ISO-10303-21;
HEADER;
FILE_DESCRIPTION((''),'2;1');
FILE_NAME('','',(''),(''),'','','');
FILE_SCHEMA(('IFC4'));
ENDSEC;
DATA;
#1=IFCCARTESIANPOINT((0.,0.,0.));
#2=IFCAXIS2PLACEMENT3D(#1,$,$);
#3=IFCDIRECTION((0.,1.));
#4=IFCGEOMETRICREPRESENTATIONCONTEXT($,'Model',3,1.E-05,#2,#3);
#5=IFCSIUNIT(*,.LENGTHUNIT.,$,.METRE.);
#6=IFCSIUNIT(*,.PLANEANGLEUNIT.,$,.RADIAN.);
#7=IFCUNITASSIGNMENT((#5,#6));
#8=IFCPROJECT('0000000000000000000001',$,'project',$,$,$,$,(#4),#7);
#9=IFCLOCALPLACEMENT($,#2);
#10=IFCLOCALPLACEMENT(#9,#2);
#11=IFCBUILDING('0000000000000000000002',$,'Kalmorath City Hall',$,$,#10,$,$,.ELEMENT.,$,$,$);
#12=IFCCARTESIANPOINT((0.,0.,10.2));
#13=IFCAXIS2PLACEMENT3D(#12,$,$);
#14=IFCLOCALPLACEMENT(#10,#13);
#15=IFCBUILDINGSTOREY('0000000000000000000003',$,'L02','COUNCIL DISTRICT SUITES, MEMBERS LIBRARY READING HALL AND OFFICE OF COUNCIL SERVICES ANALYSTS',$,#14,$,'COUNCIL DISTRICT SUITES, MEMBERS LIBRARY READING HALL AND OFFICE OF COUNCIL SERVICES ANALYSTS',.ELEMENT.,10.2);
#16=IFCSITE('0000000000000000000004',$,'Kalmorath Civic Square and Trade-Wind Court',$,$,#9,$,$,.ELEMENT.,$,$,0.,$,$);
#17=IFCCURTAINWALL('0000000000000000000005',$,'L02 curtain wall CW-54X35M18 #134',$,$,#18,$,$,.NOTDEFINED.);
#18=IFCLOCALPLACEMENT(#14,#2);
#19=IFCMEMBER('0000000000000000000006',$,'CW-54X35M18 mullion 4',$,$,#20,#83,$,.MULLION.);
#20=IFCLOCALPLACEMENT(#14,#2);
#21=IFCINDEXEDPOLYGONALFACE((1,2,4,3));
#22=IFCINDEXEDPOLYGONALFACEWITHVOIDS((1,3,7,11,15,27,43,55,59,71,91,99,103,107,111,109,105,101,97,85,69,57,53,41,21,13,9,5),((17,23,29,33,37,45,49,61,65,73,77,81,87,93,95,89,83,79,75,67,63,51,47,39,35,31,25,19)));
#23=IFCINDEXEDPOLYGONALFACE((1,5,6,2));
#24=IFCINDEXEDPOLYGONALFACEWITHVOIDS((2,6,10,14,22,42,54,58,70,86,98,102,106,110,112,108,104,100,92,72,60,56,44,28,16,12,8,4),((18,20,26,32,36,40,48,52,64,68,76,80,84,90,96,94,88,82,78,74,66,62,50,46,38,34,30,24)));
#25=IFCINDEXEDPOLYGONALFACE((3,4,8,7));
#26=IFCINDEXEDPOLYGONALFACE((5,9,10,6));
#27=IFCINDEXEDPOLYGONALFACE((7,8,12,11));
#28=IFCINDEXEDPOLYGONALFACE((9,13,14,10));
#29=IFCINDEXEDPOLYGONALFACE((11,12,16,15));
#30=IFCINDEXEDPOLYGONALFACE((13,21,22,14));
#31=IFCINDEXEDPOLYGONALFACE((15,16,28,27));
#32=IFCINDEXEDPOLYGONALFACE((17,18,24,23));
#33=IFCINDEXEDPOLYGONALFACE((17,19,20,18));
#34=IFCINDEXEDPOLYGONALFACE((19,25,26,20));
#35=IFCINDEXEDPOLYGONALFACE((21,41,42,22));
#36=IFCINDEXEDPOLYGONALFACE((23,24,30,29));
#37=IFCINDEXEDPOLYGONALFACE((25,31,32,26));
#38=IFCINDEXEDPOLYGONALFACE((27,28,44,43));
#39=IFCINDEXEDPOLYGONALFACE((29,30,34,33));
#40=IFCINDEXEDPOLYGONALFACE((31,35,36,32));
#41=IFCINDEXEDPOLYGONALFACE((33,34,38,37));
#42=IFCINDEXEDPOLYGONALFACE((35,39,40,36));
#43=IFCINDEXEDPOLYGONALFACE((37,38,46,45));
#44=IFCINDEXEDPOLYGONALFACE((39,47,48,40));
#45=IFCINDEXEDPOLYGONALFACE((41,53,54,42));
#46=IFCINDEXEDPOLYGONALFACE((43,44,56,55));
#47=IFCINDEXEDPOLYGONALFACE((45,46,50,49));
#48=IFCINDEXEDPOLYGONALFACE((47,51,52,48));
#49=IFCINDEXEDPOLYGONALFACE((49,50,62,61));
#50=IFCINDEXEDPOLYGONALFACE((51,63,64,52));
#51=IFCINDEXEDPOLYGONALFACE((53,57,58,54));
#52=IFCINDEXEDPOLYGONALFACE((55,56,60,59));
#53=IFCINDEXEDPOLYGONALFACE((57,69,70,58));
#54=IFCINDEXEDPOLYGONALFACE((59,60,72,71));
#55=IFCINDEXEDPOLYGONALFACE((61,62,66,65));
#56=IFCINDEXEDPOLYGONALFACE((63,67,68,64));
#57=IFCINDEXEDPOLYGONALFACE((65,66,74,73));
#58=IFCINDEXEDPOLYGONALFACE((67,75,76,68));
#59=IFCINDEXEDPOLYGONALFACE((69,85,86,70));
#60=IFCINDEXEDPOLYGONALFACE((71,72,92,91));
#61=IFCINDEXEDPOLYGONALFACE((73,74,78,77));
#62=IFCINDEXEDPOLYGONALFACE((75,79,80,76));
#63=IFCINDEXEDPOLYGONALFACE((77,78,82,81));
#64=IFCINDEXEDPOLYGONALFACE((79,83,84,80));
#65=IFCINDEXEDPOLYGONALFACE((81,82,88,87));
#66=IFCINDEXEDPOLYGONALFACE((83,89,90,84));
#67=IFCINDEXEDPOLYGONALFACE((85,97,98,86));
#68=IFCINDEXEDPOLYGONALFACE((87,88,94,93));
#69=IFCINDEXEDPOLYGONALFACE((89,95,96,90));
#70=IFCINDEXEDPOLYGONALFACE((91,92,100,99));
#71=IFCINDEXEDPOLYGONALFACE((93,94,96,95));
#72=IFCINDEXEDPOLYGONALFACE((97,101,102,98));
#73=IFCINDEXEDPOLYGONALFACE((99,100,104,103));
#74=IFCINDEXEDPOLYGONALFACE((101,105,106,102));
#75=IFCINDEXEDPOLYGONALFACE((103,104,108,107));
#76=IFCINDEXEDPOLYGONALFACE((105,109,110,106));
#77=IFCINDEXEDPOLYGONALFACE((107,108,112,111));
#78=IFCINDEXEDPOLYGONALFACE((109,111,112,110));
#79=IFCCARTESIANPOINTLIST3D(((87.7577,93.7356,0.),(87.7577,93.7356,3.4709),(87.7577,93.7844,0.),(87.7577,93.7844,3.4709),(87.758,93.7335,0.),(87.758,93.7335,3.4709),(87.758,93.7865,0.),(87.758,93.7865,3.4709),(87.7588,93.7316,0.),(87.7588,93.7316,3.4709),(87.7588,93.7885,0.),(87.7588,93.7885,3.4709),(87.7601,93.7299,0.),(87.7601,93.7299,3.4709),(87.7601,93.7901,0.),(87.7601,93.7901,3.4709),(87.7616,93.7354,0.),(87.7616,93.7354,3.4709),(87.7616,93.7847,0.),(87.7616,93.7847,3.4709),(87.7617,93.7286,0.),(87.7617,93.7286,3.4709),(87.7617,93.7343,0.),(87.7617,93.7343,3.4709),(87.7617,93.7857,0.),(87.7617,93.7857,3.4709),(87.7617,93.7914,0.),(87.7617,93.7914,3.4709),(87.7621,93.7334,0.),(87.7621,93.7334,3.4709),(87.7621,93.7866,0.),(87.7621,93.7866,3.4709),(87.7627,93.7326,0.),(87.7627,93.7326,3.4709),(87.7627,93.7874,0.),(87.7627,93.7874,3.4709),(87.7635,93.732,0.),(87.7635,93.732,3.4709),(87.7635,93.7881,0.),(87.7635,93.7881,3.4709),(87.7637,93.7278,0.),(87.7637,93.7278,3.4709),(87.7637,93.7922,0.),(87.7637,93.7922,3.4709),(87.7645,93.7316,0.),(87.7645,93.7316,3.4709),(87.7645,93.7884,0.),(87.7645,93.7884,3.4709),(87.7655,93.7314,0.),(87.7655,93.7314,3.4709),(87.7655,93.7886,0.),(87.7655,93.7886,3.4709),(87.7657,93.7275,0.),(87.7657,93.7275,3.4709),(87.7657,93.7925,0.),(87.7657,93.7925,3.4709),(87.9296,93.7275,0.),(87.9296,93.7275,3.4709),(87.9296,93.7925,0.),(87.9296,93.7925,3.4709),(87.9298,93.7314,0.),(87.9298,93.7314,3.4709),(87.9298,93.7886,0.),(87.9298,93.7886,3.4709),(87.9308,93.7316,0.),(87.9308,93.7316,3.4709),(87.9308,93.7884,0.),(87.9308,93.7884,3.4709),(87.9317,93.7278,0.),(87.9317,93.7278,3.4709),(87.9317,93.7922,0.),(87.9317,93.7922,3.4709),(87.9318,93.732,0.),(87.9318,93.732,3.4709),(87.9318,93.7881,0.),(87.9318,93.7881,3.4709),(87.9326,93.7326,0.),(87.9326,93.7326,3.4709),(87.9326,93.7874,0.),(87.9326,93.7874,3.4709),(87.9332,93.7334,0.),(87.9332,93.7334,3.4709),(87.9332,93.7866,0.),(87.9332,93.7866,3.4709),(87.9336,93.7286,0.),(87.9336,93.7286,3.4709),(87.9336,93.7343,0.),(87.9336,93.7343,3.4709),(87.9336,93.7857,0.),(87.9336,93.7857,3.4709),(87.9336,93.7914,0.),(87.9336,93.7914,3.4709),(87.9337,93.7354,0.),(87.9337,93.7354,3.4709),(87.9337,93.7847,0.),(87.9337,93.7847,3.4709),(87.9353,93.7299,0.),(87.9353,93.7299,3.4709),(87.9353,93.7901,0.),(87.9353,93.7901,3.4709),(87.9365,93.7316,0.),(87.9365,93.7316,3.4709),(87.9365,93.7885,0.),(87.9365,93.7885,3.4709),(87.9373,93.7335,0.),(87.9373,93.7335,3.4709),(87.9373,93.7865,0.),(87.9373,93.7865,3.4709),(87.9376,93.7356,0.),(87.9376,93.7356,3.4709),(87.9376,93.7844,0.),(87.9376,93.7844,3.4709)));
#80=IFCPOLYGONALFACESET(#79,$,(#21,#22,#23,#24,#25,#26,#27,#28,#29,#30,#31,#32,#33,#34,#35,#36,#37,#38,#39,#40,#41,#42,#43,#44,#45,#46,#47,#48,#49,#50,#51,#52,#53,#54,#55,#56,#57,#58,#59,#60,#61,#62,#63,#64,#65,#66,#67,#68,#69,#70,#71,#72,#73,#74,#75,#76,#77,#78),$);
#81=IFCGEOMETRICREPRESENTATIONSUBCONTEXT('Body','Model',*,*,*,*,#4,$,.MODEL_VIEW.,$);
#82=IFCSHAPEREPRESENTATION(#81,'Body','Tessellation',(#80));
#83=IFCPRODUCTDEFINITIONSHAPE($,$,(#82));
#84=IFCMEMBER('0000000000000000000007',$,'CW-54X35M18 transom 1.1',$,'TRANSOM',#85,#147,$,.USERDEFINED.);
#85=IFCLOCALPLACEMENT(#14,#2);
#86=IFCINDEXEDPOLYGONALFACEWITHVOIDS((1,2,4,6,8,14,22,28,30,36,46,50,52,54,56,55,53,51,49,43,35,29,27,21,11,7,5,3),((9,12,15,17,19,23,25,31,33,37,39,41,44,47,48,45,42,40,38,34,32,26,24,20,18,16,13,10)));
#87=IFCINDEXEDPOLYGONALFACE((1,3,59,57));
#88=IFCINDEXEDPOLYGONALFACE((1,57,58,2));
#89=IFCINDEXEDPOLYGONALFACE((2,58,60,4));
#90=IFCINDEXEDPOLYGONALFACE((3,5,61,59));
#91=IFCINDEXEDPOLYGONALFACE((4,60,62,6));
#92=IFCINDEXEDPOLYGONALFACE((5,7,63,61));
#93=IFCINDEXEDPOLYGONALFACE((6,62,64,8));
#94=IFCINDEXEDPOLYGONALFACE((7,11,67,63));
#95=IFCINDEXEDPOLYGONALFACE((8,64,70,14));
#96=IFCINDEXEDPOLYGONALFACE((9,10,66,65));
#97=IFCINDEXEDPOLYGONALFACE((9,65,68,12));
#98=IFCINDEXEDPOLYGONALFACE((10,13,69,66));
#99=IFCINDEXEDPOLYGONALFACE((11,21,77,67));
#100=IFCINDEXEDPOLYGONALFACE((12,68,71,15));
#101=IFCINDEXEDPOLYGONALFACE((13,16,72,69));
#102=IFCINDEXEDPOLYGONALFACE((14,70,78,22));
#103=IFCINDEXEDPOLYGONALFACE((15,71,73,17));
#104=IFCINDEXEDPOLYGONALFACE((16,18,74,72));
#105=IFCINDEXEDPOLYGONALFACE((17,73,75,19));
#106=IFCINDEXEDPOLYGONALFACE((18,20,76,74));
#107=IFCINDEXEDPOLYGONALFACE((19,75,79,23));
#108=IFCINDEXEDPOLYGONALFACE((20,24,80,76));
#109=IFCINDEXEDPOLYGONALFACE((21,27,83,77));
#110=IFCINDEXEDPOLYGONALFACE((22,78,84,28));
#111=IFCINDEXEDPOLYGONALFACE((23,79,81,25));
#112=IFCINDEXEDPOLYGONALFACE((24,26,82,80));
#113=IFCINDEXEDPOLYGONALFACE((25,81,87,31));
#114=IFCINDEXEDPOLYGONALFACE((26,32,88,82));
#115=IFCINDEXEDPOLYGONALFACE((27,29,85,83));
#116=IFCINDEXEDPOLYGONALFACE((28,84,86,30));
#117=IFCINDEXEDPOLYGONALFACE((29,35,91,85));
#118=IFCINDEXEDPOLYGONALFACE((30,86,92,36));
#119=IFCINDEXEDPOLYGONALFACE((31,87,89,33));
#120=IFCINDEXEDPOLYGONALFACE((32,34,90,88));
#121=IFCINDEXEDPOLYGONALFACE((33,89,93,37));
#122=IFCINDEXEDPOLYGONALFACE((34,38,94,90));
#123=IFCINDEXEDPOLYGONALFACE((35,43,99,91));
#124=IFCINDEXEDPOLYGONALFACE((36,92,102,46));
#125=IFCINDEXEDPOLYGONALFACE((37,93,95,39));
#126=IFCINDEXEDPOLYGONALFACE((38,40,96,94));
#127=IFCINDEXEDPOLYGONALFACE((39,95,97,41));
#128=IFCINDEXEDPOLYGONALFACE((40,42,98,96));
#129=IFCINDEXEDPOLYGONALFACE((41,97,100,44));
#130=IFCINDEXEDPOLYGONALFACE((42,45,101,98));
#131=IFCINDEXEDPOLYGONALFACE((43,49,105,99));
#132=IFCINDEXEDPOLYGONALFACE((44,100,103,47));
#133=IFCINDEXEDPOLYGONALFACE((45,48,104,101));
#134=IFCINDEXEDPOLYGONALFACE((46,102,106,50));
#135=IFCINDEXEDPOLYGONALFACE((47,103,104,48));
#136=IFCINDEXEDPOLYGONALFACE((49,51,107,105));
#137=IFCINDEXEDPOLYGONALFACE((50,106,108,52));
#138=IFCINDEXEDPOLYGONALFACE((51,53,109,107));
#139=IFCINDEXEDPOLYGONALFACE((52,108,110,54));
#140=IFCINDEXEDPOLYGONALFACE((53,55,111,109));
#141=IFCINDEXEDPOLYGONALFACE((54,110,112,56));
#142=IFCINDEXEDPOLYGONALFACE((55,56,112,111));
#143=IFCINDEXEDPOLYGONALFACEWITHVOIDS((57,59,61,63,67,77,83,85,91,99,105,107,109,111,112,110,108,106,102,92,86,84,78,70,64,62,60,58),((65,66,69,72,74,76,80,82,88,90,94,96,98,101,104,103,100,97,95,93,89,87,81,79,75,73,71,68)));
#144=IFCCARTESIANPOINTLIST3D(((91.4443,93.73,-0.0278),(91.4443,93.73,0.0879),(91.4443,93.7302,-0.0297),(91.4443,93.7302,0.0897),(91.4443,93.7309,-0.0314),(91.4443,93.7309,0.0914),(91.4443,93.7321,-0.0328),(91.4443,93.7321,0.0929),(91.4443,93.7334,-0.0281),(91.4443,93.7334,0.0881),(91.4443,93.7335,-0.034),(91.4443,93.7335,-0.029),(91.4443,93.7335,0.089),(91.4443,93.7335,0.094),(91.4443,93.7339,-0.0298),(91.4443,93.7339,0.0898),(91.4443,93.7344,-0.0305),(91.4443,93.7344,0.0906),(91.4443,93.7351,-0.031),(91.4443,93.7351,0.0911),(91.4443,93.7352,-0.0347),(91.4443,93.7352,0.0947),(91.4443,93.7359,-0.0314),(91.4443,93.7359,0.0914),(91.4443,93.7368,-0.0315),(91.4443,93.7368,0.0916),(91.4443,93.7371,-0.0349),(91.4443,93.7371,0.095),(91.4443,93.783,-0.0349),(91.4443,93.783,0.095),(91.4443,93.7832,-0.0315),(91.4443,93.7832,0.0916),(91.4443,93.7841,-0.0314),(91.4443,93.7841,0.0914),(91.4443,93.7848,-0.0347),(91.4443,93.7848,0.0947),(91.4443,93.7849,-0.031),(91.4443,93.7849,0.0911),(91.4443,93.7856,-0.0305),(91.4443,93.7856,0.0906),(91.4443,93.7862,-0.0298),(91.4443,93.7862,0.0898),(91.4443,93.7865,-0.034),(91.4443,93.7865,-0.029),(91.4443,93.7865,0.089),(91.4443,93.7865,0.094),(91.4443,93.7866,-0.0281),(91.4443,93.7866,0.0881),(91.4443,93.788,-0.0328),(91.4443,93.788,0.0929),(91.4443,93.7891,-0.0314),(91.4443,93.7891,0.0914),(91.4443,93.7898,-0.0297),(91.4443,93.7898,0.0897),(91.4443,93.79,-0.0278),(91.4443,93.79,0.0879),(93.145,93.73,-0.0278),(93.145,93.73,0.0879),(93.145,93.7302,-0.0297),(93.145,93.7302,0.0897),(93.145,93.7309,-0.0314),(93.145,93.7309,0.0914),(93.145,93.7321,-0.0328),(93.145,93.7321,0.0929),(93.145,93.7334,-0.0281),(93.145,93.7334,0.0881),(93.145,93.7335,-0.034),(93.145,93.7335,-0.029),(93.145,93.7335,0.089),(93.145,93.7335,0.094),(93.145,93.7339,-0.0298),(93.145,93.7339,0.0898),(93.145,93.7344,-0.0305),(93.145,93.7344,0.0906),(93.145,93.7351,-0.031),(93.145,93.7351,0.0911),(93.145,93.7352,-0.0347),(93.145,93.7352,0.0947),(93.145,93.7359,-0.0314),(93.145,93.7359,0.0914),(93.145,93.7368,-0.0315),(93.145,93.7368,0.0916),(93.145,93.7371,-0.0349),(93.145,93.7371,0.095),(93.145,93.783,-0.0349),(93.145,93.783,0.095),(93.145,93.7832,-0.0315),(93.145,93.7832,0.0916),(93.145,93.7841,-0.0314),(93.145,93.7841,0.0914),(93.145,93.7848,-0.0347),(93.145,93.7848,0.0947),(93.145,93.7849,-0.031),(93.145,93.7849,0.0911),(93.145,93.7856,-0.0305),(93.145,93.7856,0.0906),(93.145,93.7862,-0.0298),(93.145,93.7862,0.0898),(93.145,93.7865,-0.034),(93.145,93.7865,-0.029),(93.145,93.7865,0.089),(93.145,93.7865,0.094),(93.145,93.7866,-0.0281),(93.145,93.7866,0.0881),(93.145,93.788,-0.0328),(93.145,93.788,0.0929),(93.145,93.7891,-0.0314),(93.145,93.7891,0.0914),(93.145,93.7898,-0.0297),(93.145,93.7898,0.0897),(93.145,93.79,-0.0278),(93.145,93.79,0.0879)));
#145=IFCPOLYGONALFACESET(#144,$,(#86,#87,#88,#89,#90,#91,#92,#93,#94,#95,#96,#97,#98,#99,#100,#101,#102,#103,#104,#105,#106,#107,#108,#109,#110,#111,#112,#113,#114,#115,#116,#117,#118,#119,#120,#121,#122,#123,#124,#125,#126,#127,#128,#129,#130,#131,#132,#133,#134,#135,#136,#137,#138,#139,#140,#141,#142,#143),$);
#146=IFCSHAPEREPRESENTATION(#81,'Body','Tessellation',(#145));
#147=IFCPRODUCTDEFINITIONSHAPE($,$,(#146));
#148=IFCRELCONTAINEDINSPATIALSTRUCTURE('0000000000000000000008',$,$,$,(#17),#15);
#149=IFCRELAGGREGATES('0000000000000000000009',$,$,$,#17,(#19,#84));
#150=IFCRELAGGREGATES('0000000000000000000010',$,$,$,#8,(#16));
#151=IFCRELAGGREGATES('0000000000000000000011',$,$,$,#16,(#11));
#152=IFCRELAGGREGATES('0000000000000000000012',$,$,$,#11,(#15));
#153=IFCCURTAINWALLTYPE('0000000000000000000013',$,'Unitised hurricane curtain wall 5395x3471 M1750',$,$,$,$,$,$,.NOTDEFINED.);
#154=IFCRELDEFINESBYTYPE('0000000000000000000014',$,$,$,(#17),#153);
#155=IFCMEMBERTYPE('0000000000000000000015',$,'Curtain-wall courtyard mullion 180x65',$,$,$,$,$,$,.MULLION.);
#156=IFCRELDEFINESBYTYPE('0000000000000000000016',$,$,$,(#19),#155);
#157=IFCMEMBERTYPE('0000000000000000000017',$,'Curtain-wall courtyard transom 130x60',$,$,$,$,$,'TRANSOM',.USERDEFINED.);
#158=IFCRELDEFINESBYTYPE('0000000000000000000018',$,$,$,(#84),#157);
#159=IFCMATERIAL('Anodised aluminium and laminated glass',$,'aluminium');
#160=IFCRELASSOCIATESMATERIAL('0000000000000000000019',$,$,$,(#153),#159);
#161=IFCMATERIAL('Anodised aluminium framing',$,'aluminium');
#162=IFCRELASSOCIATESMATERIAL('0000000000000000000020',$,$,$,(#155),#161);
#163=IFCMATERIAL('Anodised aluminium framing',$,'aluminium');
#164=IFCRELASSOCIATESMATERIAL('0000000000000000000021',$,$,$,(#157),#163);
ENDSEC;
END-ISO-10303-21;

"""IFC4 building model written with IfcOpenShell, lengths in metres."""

from ifc_helpers import new_model, si_unit, direction, frame, origin, origin_2d, place, context, subcontext, project, spatial, hollow_rectangle, extrude, material, material_profile, profile_set, type_object, element, aggregate, save


model = new_model("IFC4")

# Units and contexts
model_context = context("Model", 3, precision=1e-05, world=origin(), true_north=direction((0.0, 1.0)))
body_context = subcontext(model_context, "Body", "Model", "MODEL_VIEW")
ifc_project = project(units=[si_unit("LENGTHUNIT", "METRE"), si_unit("PLANEANGLEUNIT", "RADIAN")], contexts=[model_context])

# Site, building, storey
site_placement = place(None, origin())
site = spatial("IfcSite", under=ifc_project, at=site_placement, Name="Kalmorath Civic Square and Trade-Wind Court", CompositionType="ELEMENT", RefElevation=0.0)
building_placement = place(site_placement, origin())
building = spatial("IfcBuilding", under=site, at=building_placement, Name="Kalmorath City Hall", CompositionType="ELEMENT")
storey_placement = place(building_placement, frame((0.0, 0.0, 10.2)))
storey = spatial("IfcBuildingStorey", under=building, at=storey_placement, Name="L02", Description="COUNCIL DISTRICT SUITES, MEMBERS LIBRARY READING HALL AND OFFICE OF COUNCIL SERVICES ANALYSTS", LongName="COUNCIL DISTRICT SUITES, MEMBERS LIBRARY READING HALL AND OFFICE OF COUNCIL SERVICES ANALYSTS", CompositionType="ELEMENT", Elevation=10.2)

# Curtain wall, members
ifc_material_1 = material(Name="Anodised aluminium and laminated glass", Category="aluminium")
curtain_wall_type = type_object("IfcCurtainWallType", Name="Unitised hurricane curtain wall 5395x3471 M1750", PredefinedType="NOTDEFINED", material=ifc_material_1)
curtain_wall_placement = place(storey_placement, origin())
curtain_wall = element("IfcCurtainWall", 1, at=curtain_wall_placement, inside=storey, type_object=curtain_wall_type, Name="L02 curtain wall CW-54X35M18 #134", PredefinedType="NOTDEFINED")
ifc_material_2 = material(Name="Anodised aluminium framing", Category="aluminium")
ifc_material_profile_1 = material_profile(ifc_material_2, hollow_rectangle(XDim=0.0649, YDim=0.1799, WallThickness=0.0039, InnerFilletRadius=0.0039, OuterFilletRadius=0.0081, at=origin_2d()), Name="ALU-MUL-180X65X4")
ifc_profile_set_1 = profile_set([ifc_material_profile_1], Name="Anodised aluminium framing")
member_type_1 = type_object("IfcMemberType", Name="Curtain-wall courtyard mullion 180x65", PredefinedType="MULLION", material=ifc_profile_set_1)
member_1_placement = place(storey_placement, frame((87.8477, 93.76, 0.0), z_axis=(0.0, 0.0, 1.0), x_axis=(0.0, -1.0, 0.0)))
member_1 = element("IfcMember", 2, at=member_1_placement, type_object=member_type_1, Name="CW-54X35M18 mullion 4", PredefinedType="MULLION", context=body_context, shape_type="SweptSolid", body=[
    extrude(hollow_rectangle(XDim=0.0649, YDim=0.1799, WallThickness=0.0039, InnerFilletRadius=0.0039, OuterFilletRadius=0.0081, at=origin_2d()), origin(), (0.0, 0.0, 1.0), 3.4709),
])
ifc_material_3 = material(Name="Anodised aluminium framing", Category="aluminium")
ifc_material_profile_2 = material_profile(ifc_material_3, hollow_rectangle(XDim=0.0601, YDim=0.1299, WallThickness=0.0034, InnerFilletRadius=0.0034, OuterFilletRadius=0.0071, at=origin_2d()), Name="ALU-TRN-130X60X3.5")
ifc_profile_set_2 = profile_set([ifc_material_profile_2], Name="Anodised aluminium framing")
member_type_2 = type_object("IfcMemberType", Name="Curtain-wall courtyard transom 130x60", ElementType="TRANSOM", PredefinedType="USERDEFINED", material=ifc_profile_set_2)
member_2_placement = place(storey_placement, frame((93.145, 93.76, 0.03), z_axis=(-1.0, 0.0, 0.0), x_axis=(0.0, -1.0, 0.0)))
member_2 = element("IfcMember", 3, at=member_2_placement, type_object=member_type_2, Name="CW-54X35M18 transom 1.1", ObjectType="TRANSOM", PredefinedType="USERDEFINED", context=body_context, shape_type="SweptSolid", body=[
    extrude(hollow_rectangle(XDim=0.0601, YDim=0.1299, WallThickness=0.0034, InnerFilletRadius=0.0034, OuterFilletRadius=0.0071, at=origin_2d()), origin(), (0.0, 0.0, 1.0), 1.7007),
])

aggregate(curtain_wall, [member_1, member_2])

save(model, "model.ifc")
